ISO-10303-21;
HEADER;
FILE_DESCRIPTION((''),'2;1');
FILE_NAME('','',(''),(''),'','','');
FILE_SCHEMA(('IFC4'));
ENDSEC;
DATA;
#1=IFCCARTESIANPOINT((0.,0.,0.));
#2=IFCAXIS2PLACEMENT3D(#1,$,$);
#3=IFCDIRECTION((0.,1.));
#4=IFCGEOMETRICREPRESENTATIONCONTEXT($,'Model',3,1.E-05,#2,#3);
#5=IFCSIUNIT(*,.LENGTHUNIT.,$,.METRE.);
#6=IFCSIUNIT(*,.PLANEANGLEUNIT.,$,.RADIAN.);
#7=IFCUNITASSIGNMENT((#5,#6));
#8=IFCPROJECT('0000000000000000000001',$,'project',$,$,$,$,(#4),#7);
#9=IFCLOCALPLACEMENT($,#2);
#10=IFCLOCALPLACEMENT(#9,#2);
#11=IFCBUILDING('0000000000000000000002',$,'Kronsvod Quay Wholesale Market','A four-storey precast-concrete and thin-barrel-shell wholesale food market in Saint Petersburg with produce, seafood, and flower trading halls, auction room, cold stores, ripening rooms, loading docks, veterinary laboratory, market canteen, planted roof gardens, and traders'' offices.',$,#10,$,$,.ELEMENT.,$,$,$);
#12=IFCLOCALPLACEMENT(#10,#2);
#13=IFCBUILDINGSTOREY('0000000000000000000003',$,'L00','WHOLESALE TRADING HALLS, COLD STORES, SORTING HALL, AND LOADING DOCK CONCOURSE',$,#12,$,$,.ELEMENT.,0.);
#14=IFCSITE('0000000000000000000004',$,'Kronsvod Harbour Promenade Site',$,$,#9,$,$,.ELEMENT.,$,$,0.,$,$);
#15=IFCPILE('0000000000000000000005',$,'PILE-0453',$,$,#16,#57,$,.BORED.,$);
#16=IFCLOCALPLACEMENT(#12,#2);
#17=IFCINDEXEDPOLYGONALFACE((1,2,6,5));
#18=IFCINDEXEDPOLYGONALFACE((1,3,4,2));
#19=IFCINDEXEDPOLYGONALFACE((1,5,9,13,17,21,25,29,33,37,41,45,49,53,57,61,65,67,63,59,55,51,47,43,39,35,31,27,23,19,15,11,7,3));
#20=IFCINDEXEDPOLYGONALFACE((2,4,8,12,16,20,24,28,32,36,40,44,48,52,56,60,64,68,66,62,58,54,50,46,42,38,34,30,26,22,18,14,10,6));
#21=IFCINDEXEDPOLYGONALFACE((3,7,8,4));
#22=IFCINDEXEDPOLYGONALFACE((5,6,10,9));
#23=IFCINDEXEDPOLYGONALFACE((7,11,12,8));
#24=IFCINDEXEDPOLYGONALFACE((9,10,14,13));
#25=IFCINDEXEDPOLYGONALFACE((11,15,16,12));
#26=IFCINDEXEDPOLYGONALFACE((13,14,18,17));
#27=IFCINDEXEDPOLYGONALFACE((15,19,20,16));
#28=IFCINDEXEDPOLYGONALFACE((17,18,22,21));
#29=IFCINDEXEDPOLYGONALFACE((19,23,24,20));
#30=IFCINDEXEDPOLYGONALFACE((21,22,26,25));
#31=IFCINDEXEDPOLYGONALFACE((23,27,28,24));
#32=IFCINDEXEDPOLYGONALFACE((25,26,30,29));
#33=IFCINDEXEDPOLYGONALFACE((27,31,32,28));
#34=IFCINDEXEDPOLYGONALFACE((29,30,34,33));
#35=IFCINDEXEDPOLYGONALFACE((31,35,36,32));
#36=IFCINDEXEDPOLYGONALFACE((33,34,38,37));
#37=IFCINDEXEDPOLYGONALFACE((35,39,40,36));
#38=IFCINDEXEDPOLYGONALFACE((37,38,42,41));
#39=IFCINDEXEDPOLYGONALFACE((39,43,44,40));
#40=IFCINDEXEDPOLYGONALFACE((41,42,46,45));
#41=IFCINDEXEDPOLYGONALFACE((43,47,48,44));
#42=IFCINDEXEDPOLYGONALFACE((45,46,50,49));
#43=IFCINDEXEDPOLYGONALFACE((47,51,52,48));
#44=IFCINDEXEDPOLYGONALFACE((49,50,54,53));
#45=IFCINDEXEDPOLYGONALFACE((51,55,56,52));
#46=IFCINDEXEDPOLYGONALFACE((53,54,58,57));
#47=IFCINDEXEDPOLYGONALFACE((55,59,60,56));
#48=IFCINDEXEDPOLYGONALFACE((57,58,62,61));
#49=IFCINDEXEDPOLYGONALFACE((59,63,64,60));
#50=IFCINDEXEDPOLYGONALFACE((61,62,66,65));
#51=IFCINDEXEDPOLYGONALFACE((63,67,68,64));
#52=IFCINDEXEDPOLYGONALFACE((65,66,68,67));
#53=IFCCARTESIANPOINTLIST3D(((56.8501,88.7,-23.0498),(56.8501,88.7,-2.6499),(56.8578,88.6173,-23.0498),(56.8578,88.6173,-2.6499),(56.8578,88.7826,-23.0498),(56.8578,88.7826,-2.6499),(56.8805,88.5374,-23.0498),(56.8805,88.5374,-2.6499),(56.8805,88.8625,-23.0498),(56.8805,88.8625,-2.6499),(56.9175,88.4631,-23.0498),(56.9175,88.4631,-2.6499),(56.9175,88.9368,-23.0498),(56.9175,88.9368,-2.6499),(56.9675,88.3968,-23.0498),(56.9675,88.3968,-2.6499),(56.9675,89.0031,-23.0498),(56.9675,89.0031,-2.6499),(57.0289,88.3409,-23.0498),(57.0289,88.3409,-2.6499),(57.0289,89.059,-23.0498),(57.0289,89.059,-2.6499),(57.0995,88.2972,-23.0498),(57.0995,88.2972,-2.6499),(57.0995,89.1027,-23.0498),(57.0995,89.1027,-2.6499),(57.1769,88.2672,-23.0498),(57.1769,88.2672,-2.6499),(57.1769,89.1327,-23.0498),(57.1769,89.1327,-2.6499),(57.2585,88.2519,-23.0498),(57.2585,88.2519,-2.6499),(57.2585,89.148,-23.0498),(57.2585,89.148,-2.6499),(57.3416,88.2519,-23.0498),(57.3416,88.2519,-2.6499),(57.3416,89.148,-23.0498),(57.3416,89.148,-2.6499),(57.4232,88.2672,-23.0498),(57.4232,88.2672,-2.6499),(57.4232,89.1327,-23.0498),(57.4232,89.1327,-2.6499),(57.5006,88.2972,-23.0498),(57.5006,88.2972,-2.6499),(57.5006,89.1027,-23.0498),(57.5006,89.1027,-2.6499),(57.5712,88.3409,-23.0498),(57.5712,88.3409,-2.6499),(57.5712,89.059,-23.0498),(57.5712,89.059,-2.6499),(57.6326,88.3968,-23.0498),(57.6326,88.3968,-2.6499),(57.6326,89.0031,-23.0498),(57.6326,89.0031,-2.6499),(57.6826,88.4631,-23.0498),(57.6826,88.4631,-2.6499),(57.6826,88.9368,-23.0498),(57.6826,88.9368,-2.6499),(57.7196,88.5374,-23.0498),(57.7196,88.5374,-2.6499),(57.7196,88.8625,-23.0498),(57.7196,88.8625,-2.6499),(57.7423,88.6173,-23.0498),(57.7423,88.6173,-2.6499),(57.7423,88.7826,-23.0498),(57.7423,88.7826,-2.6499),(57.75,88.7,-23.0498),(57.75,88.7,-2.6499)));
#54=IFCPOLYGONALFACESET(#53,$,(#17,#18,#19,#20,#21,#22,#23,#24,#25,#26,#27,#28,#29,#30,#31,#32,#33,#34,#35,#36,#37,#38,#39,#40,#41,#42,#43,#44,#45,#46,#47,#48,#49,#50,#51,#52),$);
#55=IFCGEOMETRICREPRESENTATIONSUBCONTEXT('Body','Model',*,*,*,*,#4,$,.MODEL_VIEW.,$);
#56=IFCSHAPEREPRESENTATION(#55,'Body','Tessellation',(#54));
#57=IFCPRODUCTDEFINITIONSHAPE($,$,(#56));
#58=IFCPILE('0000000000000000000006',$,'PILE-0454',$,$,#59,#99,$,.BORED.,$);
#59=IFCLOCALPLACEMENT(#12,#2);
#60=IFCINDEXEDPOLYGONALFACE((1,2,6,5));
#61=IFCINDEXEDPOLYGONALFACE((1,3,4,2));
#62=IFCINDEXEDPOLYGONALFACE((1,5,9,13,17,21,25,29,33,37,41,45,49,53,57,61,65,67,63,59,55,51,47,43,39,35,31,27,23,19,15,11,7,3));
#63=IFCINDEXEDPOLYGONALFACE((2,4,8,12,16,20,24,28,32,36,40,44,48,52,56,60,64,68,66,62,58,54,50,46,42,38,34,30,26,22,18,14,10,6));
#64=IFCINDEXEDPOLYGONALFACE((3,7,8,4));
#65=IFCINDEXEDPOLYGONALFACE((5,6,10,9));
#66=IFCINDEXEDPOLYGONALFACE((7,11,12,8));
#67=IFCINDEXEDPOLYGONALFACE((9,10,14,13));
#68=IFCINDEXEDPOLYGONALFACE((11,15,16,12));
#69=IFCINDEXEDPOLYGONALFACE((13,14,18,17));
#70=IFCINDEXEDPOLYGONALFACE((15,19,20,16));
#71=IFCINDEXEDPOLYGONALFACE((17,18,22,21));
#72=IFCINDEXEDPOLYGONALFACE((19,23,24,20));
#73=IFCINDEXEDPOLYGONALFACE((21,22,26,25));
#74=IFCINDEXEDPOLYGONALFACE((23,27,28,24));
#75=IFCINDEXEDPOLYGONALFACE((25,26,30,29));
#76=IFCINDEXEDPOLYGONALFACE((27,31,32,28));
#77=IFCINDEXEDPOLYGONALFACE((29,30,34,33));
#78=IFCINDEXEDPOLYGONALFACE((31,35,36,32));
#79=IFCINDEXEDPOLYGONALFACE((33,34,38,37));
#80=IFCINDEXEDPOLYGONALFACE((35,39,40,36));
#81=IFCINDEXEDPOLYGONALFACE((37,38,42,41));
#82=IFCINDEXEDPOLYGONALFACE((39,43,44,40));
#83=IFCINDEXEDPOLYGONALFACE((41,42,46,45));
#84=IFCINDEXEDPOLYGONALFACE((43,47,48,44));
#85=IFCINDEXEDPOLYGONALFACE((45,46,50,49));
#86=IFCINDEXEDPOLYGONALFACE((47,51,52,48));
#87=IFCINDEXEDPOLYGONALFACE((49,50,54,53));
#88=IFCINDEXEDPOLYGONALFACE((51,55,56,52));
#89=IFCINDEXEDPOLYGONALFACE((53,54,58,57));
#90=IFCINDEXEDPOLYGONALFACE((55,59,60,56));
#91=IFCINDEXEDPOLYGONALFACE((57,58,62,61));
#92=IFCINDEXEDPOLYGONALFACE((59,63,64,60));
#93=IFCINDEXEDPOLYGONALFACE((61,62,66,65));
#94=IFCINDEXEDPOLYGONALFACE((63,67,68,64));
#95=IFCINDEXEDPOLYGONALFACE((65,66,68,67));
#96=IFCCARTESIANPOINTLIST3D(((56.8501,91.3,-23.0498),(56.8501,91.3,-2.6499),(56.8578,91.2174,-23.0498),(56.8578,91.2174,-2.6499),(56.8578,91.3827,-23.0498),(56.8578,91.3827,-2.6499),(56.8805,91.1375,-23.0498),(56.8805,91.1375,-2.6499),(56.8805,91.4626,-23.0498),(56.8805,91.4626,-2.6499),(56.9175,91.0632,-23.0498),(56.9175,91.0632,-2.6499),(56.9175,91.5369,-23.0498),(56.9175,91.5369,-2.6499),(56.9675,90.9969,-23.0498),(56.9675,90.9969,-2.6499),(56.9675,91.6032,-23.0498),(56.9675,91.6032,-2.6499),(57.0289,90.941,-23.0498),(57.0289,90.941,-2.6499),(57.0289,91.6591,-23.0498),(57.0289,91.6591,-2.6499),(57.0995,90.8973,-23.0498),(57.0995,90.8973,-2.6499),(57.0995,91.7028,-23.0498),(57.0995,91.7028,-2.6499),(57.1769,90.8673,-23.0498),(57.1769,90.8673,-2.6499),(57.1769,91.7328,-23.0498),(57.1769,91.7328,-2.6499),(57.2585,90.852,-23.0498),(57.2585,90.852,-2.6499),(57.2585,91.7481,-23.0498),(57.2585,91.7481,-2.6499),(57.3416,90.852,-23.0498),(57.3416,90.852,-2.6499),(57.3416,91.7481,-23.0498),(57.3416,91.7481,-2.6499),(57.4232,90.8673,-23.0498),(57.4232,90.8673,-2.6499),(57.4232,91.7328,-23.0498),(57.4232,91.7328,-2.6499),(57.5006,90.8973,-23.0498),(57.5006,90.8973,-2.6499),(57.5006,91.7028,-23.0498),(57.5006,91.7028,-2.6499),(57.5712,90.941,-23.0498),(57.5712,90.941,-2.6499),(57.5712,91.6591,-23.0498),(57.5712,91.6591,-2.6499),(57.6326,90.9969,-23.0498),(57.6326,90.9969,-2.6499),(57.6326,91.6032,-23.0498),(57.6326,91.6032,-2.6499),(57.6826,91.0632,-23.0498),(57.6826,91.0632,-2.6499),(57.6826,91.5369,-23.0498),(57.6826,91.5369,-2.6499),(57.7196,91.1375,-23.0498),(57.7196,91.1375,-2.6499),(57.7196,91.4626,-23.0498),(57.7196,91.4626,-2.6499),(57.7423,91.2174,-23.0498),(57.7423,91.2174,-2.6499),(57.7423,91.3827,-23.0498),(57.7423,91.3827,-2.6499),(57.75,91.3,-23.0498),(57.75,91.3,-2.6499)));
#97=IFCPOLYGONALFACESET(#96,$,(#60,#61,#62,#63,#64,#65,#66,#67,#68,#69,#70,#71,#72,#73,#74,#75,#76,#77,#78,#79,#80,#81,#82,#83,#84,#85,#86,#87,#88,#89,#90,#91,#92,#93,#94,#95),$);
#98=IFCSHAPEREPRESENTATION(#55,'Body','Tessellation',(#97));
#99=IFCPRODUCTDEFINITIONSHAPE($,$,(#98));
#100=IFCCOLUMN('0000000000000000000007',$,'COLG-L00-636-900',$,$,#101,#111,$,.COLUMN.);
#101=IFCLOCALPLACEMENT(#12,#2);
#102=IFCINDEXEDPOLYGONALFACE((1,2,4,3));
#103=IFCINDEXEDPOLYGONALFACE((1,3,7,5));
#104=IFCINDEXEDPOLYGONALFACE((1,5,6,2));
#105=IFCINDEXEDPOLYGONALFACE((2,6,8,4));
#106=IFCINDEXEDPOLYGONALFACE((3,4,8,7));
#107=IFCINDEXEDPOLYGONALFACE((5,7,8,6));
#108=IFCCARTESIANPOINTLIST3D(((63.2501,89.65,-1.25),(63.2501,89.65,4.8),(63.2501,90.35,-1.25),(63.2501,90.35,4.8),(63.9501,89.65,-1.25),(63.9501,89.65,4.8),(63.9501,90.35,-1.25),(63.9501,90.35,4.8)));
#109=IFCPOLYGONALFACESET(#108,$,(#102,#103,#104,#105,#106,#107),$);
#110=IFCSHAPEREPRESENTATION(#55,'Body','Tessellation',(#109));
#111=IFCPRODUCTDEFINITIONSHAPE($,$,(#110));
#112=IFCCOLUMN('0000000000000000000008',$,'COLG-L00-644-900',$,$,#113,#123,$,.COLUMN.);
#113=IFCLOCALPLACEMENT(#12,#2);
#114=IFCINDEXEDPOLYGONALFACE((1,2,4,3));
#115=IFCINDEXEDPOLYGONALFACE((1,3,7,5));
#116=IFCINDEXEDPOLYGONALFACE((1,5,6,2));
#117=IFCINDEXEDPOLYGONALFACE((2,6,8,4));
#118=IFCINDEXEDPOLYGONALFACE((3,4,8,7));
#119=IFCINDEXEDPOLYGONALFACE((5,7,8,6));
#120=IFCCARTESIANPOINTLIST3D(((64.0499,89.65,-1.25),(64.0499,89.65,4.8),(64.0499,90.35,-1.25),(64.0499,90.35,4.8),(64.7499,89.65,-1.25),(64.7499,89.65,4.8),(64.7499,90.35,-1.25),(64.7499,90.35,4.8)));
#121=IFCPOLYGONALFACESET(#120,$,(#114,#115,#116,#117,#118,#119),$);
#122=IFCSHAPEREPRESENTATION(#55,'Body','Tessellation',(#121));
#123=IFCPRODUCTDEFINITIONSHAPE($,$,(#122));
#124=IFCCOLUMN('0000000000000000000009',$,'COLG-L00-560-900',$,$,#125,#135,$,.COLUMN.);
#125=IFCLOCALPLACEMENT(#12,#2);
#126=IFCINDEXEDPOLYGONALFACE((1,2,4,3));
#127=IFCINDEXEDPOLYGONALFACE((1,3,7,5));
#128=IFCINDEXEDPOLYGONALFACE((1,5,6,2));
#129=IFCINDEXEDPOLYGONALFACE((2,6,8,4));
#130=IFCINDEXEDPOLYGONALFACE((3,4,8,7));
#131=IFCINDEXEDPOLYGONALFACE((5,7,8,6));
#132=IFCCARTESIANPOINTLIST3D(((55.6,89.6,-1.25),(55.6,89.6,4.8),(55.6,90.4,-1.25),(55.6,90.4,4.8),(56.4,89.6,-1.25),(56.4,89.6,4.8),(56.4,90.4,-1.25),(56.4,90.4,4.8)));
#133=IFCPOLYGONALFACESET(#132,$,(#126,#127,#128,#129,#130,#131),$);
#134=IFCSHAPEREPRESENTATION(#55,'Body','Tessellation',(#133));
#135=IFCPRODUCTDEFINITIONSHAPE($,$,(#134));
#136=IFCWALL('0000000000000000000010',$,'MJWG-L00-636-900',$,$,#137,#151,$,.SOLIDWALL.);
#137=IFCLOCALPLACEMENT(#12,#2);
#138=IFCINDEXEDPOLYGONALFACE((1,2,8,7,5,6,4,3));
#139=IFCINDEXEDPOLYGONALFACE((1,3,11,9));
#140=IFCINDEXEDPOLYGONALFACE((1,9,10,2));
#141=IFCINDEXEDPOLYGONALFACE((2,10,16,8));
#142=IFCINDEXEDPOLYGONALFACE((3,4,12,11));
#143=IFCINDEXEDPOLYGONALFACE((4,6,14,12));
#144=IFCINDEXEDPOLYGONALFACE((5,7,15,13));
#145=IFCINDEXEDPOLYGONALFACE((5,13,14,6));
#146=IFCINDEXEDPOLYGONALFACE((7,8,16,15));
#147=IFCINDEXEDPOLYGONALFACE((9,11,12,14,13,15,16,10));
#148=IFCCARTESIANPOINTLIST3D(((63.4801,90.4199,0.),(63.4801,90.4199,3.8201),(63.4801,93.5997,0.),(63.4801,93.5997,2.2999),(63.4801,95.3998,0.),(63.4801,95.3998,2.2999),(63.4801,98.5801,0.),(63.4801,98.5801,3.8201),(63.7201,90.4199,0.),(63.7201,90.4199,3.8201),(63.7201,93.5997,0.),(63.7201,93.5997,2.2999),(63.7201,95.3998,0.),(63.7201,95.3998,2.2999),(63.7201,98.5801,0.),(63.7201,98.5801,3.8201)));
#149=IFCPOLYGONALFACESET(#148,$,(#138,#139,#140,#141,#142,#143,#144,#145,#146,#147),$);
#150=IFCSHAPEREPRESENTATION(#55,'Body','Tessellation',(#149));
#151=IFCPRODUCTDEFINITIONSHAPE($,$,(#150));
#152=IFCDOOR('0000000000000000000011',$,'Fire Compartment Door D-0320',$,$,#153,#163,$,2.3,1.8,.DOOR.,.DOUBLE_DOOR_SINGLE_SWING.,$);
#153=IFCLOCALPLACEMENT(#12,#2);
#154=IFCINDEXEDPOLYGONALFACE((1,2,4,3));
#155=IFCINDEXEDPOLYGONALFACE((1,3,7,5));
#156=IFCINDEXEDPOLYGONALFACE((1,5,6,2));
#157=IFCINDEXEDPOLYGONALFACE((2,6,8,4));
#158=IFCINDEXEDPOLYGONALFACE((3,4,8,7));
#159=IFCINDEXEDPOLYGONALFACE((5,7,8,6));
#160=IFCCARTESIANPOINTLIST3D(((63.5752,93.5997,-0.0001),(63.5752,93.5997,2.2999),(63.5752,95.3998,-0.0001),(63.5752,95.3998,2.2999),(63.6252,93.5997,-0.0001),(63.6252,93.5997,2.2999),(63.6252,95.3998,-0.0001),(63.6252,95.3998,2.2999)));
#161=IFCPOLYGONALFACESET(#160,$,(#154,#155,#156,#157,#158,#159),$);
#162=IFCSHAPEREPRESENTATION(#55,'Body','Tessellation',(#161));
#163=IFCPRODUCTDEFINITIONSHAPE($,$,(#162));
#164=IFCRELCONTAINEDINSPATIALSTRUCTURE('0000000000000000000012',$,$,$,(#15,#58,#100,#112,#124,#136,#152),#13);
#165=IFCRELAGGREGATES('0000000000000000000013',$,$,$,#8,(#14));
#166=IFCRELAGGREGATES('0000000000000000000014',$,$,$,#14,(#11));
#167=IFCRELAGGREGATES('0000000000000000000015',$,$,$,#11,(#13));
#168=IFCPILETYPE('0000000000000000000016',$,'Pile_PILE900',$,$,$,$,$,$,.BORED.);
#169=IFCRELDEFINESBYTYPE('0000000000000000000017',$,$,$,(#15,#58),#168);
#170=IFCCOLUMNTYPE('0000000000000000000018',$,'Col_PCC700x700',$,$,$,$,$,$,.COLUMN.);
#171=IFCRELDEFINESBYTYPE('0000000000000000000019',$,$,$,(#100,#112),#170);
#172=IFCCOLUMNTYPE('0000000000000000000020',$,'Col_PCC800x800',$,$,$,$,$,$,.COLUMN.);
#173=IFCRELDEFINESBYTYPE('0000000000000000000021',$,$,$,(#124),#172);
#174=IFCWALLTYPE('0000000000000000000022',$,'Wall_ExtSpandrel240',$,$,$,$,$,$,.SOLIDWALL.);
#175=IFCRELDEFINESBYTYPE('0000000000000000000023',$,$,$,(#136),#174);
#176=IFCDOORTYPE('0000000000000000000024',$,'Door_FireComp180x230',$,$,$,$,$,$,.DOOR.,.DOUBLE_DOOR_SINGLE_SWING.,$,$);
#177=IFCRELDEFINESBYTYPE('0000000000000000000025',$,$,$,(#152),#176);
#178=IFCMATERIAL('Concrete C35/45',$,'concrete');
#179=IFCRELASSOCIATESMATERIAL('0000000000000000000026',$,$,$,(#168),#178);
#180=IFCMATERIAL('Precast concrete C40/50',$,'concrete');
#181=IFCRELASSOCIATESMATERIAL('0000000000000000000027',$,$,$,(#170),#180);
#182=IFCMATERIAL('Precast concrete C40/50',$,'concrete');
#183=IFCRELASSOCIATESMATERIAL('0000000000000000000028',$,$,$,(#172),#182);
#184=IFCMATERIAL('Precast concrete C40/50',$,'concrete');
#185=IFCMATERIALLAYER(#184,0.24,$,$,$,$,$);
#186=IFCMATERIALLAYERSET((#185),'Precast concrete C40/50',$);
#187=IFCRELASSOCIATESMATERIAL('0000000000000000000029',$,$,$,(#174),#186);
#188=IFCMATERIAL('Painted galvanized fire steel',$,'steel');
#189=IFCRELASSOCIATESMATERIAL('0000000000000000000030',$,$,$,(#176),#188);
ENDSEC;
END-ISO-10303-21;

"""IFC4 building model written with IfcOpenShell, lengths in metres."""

from ifc_helpers import new_model, si_unit, direction, frame, frame_2d, origin, origin_2d, place, context, subcontext, project, spatial, rectangle, circle, extrude, material, layer, layer_set, material_profile, profile_set, type_object, element, fill, save


model = new_model("IFC4")

# Units and contexts
model_context = context("Model", 3, precision=1e-05, world=origin(), true_north=direction((0.0, 1.0)))
body_context = subcontext(model_context, "Body", "Model", "MODEL_VIEW")
ifc_project = project(units=[si_unit("LENGTHUNIT", "METRE"), si_unit("PLANEANGLEUNIT", "RADIAN")], contexts=[model_context])

# Site, building, storey
site_placement = place(None, origin())
site = spatial("IfcSite", under=ifc_project, at=site_placement, Name="Kronsvod Harbour Promenade Site", CompositionType="ELEMENT", RefElevation=0.0)
building_placement = place(site_placement, origin())
building = spatial("IfcBuilding", under=site, at=building_placement, Name="Kronsvod Quay Wholesale Market", Description="A four-storey precast-concrete and thin-barrel-shell wholesale food market in Saint Petersburg with produce, seafood, and flower trading halls, auction room, cold stores, ripening rooms, loading docks, veterinary laboratory, market canteen, planted roof gardens, and traders' offices.", CompositionType="ELEMENT")
storey_placement = place(building_placement, origin())
storey = spatial("IfcBuildingStorey", under=building, at=storey_placement, Name="L00", Description="WHOLESALE TRADING HALLS, COLD STORES, SORTING HALL, AND LOADING DOCK CONCOURSE", CompositionType="ELEMENT", Elevation=0.0)

# Piles
ifc_material_1 = material(Name="Concrete C35/45", Category="concrete")
ifc_material_profile_1 = material_profile(ifc_material_1, circle(Radius=0.45, at=origin_2d()), Name="PILE900")
ifc_profile_set_1 = profile_set([ifc_material_profile_1], Name="Concrete C35/45")
pile_type = type_object("IfcPileType", Name="Pile_PILE900", PredefinedType="BORED", material=ifc_profile_set_1)
for number, where, z_axis, x_axis, name in (
    (1, (57.3, 88.7, -2.6499), (0.0, 0.0, -1.0), (1.0, 0.0, 0.0), "PILE-0453"),
    (2, (57.3, 91.3, -2.6499), (0.0, 0.0, -1.0), (1.0, 0.0, 0.0), "PILE-0454"),
):
    element("IfcPile", number, at=place(storey_placement, frame(where, z_axis=z_axis, x_axis=x_axis)), inside=storey, type_object=pile_type, Name=name, PredefinedType="BORED", context=body_context, shape_type="SweptSolid", body=[
        extrude(circle(Radius=0.45, at=origin_2d()), origin(), (0.0, 0.0, 1.0), 20.3999),
    ])

# Columns
ifc_material_2 = material(Name="Precast concrete C40/50", Category="concrete")
ifc_material_profile_2 = material_profile(ifc_material_2, rectangle(XDim=0.7, YDim=0.7, at=origin_2d()), Name="PCC700x700")
ifc_profile_set_2 = profile_set([ifc_material_profile_2], Name="Precast concrete C40/50")
column_type_1 = type_object("IfcColumnType", Name="Col_PCC700x700", PredefinedType="COLUMN", material=ifc_profile_set_2)
for number, where, z_axis, x_axis, name in (
    (3, (63.6001, 90.0, -1.25), (0.0, 0.0, 1.0), (1.0, 0.0, 0.0), "COLG-L00-636-900"),
    (4, (64.3999, 90.0, -1.25), (0.0, 0.0, 1.0), (1.0, 0.0, 0.0), "COLG-L00-644-900"),
):
    element("IfcColumn", number, at=place(storey_placement, frame(where, z_axis=z_axis, x_axis=x_axis)), inside=storey, type_object=column_type_1, Name=name, PredefinedType="COLUMN", context=body_context, shape_type="SweptSolid", body=[
        extrude(rectangle(XDim=0.7, YDim=0.7, at=origin_2d()), origin(), (0.0, 0.0, 1.0), 6.05),
    ])
ifc_material_3 = material(Name="Precast concrete C40/50", Category="concrete")
ifc_material_profile_3 = material_profile(ifc_material_3, rectangle(XDim=0.8, YDim=0.8, at=origin_2d()), Name="PCC800x800")
ifc_profile_set_3 = profile_set([ifc_material_profile_3], Name="Precast concrete C40/50")
column_type_2 = type_object("IfcColumnType", Name="Col_PCC800x800", PredefinedType="COLUMN", material=ifc_profile_set_3)
column_placement = place(storey_placement, frame((56.0, 90.0, -1.25), z_axis=(0.0, 0.0, 1.0), x_axis=(1.0, 0.0, 0.0)))
element("IfcColumn", 5, at=column_placement, inside=storey, type_object=column_type_2, Name="COLG-L00-560-900", PredefinedType="COLUMN", context=body_context, shape_type="SweptSolid", body=[
    extrude(rectangle(XDim=0.8, YDim=0.8, at=origin_2d()), origin(), (0.0, 0.0, 1.0), 6.05),
])

# Wall, opening, door
ifc_material_4 = material(Name="Precast concrete C40/50", Category="concrete")
ifc_layer_1 = layer(ifc_material_4, 0.24)
ifc_layer_set_1 = layer_set([ifc_layer_1], Name="Precast concrete C40/50")
wall_type_1 = type_object("IfcWallType", Name="Wall_ExtSpandrel240", PredefinedType="SOLIDWALL", material=ifc_layer_set_1)
wall_1_placement = place(storey_placement, frame((63.6001, 90.4199, 0.0), z_axis=(0.0, 0.0, 1.0), x_axis=(0.0, 1.0, 0.0)))
wall_1 = element("IfcWall", 6, at=wall_1_placement, inside=storey, type_object=wall_type_1, Name="MJWG-L00-636-900", PredefinedType="SOLIDWALL", context=body_context, shape_type="SweptSolid", body=[
    extrude(rectangle(XDim=8.1602, YDim=0.24, at=frame_2d((4.0801, 0.0))), origin(), (0.0, 0.0, 1.0), 3.8201),
])
opening_1_placement = place(wall_1_placement, frame((3.1799, 0.0, 0.0)))
opening_1 = element("IfcOpeningElement", 7, at=opening_1_placement, cuts=wall_1, PredefinedType="OPENING", context=body_context, shape_type="SweptSolid", body=[
    extrude(rectangle(XDim=1.8, YDim=2.3, at=frame_2d((0.8999, 1.1499))), frame((0.0, 0.1299, 0.0), z_axis=(0.0, -1.0, 0.0), x_axis=(1.0, 0.0, 0.0)), (0.0, 0.0, 1.0), 0.26),
])
ifc_material_5 = material(Name="Painted galvanized fire steel", Category="steel")
door_type_1 = type_object("IfcDoorType", Name="Door_FireComp180x230", OperationType="DOUBLE_DOOR_SINGLE_SWING", PredefinedType="DOOR", material=ifc_material_5)
door_1_placement = place(opening_1_placement, origin())
door_1 = element("IfcDoor", 8, at=door_1_placement, inside=storey, type_object=door_type_1, Name="Fire Compartment Door D-0320", OperationType="DOUBLE_DOOR_SINGLE_SWING", OverallHeight=2.3, OverallWidth=1.8, PredefinedType="DOOR", context=body_context, shape_type="SweptSolid", body=[
    extrude(rectangle(XDim=1.8, YDim=2.3, at=frame_2d((0.8999, 1.1499))), frame((0.0, 0.0249, 0.0), z_axis=(0.0, -1.0, 0.0), x_axis=(1.0, 0.0, 0.0)), (0.0, 0.0, 1.0), 0.05),
])
fill(opening_1, door_1)

save(model, "model.ifc")
